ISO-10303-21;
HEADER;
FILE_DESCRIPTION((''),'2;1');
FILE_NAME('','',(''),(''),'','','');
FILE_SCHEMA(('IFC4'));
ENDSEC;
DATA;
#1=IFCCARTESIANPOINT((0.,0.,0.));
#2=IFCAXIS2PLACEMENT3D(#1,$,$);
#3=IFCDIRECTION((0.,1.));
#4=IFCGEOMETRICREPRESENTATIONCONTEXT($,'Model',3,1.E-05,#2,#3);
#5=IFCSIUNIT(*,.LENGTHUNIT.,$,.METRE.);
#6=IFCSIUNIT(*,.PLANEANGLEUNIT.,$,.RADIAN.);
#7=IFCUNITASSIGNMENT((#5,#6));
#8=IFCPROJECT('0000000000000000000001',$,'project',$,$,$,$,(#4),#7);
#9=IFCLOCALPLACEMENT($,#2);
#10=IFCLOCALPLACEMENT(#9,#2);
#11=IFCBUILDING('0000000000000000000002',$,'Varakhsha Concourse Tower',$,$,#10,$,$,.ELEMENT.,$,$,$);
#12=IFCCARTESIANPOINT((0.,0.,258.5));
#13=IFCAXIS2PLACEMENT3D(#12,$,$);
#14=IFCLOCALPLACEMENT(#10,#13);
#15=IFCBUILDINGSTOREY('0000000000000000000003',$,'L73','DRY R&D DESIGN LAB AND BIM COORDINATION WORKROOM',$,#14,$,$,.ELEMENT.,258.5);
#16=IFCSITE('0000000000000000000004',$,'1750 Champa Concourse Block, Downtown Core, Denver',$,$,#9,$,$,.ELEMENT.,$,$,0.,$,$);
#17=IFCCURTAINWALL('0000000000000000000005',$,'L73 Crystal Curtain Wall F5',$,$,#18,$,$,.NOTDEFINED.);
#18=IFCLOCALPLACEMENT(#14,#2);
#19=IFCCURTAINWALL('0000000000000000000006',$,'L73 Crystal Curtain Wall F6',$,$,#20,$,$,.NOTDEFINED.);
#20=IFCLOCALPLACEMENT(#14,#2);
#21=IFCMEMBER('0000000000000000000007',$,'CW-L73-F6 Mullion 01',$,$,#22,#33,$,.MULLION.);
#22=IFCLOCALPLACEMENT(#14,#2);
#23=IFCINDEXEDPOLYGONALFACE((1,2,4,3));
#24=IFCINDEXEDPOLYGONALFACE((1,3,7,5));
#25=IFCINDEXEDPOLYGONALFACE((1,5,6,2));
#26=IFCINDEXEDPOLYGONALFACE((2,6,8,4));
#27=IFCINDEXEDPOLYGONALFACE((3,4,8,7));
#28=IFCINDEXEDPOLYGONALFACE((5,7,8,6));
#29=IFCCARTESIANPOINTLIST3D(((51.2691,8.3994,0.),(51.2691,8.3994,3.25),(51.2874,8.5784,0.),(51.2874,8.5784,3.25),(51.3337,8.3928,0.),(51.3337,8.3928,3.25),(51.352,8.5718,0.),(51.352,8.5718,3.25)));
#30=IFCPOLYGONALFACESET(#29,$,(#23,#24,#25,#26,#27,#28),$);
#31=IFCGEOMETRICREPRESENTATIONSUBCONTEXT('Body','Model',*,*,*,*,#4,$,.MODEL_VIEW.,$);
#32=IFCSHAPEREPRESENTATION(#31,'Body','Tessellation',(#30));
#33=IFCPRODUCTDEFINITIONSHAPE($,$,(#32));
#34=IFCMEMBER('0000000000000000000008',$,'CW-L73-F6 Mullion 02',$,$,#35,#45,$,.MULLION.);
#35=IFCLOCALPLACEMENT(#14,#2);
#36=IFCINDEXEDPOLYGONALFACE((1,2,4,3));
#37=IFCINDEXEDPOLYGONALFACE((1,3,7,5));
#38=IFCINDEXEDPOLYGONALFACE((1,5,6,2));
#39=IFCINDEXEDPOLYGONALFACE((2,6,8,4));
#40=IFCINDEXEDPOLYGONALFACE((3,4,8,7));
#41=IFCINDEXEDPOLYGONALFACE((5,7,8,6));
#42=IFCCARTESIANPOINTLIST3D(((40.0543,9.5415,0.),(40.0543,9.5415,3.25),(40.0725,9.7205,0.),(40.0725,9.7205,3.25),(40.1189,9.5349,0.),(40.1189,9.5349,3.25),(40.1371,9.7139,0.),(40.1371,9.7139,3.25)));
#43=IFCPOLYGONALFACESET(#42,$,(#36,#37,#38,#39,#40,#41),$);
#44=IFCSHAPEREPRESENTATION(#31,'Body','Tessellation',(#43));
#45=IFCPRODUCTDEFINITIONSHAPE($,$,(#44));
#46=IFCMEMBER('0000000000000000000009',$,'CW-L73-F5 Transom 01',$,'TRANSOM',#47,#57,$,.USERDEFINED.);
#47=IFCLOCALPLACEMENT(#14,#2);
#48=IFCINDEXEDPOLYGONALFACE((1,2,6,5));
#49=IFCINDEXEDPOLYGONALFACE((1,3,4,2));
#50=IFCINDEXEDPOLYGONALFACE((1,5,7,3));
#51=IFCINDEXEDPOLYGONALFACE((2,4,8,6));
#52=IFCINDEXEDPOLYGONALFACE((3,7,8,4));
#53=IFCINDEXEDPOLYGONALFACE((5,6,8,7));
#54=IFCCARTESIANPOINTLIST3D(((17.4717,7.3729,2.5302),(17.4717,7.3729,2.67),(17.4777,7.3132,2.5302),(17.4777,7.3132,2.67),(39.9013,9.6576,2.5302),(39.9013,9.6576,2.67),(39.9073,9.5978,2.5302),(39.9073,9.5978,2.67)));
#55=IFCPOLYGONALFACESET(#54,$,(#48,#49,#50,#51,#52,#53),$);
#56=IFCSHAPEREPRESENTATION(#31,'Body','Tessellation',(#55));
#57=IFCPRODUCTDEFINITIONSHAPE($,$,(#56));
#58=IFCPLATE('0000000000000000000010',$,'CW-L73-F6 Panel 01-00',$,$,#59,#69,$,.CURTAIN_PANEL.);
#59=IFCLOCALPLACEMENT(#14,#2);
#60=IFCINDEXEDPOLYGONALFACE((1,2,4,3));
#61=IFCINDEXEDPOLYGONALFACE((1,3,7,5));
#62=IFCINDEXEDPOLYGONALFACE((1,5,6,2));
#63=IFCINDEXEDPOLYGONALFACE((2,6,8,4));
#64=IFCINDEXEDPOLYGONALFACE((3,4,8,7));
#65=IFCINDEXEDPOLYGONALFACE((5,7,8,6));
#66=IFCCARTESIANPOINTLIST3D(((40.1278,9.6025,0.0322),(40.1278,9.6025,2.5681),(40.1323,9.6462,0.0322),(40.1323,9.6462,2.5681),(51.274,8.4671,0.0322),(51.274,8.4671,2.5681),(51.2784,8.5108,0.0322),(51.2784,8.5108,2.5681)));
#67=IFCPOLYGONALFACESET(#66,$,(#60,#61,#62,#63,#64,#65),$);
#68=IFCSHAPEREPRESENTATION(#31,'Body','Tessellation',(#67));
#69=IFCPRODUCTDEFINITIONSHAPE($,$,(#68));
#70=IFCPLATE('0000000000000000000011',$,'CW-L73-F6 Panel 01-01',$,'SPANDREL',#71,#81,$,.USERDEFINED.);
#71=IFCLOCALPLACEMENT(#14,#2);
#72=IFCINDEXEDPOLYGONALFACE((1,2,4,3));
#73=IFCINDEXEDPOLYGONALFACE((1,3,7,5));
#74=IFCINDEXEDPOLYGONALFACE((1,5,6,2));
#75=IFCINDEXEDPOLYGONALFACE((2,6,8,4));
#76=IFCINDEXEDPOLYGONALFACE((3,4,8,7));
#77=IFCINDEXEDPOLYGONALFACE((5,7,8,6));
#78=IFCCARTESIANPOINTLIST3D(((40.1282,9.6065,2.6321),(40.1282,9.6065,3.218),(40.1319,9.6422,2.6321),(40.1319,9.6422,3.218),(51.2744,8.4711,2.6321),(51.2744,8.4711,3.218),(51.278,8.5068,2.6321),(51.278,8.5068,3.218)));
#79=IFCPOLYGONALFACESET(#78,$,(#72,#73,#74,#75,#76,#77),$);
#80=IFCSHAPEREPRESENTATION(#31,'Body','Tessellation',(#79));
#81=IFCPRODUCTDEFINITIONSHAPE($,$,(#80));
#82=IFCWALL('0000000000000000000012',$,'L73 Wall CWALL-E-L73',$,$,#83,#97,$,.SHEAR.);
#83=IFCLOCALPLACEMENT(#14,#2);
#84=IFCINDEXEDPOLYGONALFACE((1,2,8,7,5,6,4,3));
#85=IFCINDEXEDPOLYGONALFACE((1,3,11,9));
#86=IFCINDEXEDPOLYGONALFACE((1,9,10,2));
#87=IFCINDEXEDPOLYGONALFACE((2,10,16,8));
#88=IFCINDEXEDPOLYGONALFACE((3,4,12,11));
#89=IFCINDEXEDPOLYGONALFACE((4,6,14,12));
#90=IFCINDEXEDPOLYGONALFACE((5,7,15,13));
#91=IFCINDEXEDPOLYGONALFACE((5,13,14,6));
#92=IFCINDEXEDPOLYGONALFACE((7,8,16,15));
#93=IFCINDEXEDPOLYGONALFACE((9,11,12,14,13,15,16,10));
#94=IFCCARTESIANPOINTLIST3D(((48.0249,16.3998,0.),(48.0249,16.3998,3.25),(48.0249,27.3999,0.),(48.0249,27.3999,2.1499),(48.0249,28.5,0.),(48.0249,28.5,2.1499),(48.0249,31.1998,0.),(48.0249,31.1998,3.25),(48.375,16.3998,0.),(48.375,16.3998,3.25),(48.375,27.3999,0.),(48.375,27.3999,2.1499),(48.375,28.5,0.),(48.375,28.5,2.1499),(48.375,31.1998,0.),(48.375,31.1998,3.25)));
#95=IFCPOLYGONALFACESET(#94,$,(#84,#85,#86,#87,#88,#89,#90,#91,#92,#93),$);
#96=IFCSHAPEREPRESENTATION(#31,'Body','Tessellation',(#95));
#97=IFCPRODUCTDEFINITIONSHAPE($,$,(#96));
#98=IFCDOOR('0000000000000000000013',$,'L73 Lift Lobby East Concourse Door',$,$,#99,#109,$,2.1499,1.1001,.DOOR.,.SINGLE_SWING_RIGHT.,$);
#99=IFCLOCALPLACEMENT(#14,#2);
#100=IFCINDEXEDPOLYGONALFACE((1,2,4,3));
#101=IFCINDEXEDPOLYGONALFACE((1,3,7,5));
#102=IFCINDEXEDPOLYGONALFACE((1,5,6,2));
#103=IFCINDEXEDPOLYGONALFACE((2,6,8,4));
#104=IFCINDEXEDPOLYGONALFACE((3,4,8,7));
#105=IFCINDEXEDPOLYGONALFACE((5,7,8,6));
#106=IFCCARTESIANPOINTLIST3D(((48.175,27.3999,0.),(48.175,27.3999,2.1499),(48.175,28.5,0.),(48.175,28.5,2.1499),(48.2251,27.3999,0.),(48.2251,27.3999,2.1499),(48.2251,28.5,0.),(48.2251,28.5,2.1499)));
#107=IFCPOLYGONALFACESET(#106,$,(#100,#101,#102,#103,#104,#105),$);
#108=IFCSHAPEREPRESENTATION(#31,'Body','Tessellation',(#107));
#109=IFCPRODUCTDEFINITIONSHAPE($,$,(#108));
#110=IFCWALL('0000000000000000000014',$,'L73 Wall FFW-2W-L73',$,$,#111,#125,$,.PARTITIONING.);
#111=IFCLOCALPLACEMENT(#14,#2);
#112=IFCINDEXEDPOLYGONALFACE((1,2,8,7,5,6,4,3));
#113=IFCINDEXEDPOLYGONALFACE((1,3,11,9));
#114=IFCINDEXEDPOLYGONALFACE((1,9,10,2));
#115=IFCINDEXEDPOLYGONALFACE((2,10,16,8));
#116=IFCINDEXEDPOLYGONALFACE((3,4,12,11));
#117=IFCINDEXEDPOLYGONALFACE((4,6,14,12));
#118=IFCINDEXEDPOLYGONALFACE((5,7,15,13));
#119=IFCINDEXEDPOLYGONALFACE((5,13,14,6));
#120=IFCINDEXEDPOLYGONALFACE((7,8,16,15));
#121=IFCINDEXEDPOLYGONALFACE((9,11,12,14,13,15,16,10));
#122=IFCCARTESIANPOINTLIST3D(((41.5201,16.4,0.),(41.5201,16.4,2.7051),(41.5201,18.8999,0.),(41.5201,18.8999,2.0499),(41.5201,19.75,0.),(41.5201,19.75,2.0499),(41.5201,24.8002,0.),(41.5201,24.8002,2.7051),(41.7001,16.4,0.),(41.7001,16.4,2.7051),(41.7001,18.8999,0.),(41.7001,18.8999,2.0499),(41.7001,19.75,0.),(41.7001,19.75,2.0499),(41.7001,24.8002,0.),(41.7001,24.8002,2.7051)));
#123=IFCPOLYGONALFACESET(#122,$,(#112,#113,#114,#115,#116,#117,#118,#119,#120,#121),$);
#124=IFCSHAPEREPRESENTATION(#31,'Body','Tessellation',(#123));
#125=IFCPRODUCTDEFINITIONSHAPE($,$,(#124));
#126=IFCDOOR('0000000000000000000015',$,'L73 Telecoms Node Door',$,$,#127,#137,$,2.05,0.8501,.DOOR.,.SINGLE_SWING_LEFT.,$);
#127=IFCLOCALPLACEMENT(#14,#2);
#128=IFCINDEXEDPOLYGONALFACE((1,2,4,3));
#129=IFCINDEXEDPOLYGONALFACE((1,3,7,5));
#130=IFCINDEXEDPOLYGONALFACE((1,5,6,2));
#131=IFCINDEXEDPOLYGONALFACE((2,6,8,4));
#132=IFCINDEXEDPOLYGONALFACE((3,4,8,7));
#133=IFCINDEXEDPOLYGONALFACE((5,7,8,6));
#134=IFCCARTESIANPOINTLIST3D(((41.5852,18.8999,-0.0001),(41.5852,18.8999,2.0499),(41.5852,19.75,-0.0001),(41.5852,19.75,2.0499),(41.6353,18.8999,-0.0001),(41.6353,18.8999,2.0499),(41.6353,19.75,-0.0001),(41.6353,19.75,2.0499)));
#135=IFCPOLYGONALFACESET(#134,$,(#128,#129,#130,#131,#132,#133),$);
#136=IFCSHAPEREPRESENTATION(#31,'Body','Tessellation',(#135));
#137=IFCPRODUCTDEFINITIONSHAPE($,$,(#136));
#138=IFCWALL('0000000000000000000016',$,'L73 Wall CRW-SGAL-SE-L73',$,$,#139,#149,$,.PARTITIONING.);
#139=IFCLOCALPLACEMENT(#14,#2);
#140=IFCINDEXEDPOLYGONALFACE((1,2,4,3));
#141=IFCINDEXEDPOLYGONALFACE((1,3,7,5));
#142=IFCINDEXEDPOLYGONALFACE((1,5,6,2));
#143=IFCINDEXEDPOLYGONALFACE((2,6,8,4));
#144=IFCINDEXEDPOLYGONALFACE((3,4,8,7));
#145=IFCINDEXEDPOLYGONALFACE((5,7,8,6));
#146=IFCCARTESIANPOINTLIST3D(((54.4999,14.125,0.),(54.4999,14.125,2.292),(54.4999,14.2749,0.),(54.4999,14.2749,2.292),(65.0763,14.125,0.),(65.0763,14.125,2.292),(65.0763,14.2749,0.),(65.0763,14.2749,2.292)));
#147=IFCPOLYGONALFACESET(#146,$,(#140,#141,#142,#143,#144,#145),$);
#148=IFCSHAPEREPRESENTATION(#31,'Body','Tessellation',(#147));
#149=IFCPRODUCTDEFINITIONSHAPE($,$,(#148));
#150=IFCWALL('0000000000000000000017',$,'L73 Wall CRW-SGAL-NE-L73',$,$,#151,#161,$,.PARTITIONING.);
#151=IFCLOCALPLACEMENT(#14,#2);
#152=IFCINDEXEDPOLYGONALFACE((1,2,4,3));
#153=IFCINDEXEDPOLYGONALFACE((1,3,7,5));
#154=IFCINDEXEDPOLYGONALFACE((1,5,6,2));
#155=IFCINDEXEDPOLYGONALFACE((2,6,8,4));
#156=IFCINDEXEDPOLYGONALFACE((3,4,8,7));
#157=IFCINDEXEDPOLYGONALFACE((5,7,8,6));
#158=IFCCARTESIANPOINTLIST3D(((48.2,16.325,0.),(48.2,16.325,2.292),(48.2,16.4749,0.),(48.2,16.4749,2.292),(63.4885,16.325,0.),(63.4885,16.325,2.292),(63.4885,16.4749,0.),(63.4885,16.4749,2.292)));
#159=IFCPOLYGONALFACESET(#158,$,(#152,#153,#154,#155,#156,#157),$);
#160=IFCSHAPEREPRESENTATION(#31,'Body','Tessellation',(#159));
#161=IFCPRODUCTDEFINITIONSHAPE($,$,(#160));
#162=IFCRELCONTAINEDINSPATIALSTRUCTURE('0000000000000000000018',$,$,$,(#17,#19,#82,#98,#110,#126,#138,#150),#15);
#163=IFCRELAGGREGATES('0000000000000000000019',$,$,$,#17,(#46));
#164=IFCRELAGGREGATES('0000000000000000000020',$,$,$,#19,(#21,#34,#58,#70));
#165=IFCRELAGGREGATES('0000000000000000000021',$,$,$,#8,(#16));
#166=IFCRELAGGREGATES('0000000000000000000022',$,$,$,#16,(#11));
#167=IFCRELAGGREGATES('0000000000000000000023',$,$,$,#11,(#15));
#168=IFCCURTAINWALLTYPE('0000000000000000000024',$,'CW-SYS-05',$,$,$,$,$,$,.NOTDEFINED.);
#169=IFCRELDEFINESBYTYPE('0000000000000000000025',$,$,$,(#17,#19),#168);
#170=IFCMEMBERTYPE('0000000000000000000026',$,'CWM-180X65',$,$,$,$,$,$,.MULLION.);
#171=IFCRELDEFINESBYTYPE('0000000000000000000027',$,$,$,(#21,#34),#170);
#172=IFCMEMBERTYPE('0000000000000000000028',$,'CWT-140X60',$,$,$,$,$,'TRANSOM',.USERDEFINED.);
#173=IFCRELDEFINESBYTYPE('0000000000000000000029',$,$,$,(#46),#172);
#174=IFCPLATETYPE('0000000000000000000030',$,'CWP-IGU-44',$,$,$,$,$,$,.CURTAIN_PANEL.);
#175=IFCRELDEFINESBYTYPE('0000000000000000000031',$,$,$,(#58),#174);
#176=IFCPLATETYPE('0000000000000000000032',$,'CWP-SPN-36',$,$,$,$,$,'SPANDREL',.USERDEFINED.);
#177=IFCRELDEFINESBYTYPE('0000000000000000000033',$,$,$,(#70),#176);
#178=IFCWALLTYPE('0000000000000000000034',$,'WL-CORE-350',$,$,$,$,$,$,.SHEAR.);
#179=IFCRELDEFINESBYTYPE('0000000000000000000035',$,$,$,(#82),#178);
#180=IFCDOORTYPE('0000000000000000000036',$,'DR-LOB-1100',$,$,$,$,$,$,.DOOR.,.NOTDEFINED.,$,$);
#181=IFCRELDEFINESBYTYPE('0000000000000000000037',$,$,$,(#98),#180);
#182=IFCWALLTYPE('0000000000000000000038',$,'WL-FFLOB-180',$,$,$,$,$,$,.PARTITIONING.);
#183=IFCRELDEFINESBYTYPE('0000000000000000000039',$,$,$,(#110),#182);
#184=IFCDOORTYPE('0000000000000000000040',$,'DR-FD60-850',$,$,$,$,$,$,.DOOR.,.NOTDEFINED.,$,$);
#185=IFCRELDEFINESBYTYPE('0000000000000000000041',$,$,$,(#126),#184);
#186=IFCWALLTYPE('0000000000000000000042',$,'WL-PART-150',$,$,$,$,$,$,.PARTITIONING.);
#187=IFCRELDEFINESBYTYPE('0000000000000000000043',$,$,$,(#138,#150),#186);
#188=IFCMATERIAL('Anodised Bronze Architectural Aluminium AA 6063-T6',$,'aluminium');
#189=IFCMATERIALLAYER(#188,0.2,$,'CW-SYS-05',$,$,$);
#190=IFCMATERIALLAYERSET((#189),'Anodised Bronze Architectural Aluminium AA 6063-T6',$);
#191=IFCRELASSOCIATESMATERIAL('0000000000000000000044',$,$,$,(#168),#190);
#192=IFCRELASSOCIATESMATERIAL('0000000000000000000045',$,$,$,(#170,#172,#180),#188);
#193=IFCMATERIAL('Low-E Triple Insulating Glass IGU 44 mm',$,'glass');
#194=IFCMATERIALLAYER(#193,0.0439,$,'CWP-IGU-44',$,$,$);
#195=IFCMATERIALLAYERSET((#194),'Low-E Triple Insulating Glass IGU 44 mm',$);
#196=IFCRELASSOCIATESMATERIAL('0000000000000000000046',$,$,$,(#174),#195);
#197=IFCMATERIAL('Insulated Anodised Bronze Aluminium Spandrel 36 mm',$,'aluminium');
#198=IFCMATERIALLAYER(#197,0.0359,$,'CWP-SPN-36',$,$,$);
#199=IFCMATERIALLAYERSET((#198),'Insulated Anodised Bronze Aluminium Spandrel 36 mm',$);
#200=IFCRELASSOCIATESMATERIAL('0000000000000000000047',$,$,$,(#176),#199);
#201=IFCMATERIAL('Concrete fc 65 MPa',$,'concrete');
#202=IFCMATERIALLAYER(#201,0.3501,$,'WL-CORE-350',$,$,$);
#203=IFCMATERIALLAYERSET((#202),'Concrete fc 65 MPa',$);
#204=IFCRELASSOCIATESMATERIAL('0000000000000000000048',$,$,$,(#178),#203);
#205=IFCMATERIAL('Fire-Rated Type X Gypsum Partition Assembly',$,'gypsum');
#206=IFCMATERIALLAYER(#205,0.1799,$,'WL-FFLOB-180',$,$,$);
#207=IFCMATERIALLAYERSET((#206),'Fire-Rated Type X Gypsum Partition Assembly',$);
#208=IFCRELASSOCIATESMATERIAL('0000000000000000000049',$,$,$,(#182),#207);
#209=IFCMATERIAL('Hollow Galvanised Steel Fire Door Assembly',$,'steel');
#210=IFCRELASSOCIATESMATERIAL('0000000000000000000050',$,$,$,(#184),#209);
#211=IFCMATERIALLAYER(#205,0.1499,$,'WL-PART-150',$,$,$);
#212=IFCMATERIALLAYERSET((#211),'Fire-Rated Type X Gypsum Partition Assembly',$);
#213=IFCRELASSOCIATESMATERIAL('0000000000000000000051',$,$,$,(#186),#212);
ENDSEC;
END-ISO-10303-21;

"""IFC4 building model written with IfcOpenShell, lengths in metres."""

from ifc_helpers import new_model, si_unit, direction, frame, frame_2d, origin, origin_2d, place, context, subcontext, project, spatial, rectangle, extrude, source, transform, mapped, material, layer, layer_set, material_profile, profile_set, type_object, type_shapes, element, fill, aggregate, save


model = new_model("IFC4")

# Units and contexts
model_context = context("Model", 3, precision=1e-05, world=origin(), true_north=direction((0.0, 1.0)))
body_context = subcontext(model_context, "Body", "Model", "MODEL_VIEW")
ifc_project = project(units=[si_unit("LENGTHUNIT", "METRE"), si_unit("PLANEANGLEUNIT", "RADIAN")], contexts=[model_context])

# Site, building, storey
site_placement = place(None, origin())
site = spatial("IfcSite", under=ifc_project, at=site_placement, Name="1750 Champa Concourse Block, Downtown Core, Denver", CompositionType="ELEMENT", RefElevation=0.0)
building_placement = place(site_placement, origin())
building = spatial("IfcBuilding", under=site, at=building_placement, Name="Varakhsha Concourse Tower", CompositionType="ELEMENT")
storey_placement = place(building_placement, frame((0.0, 0.0, 258.5)))
storey = spatial("IfcBuildingStorey", under=building, at=storey_placement, Name="L73", Description="DRY R&D DESIGN LAB AND BIM COORDINATION WORKROOM", CompositionType="ELEMENT", Elevation=258.5)

# Shared definitions
ifc_material_1 = material(Name="Concrete fc 65 MPa", Category="concrete")

# Curtain wall
ifc_material_2 = material(Name="Anodised Bronze Architectural Aluminium AA 6063-T6", Category="aluminium")
ifc_layer_1 = layer(ifc_material_2, 0.2, Name="CW-SYS-05")
ifc_layer_set_1 = layer_set([ifc_layer_1], Name="Anodised Bronze Architectural Aluminium AA 6063-T6")
curtain_wall_type = type_object("IfcCurtainWallType", Name="CW-SYS-05", PredefinedType="NOTDEFINED", material=ifc_layer_set_1)
curtain_wall_1_placement = place(storey_placement, origin())
curtain_wall_1 = element("IfcCurtainWall", 1, at=curtain_wall_1_placement, inside=storey, type_object=curtain_wall_type, Name="L73 Crystal Curtain Wall F5", PredefinedType="NOTDEFINED")
ifc_material_profile_1 = material_profile(ifc_material_2, rectangle(XDim=0.0649, YDim=0.1799, at=origin_2d()), Name="CWM-180X65")
ifc_profile_set_1 = profile_set([ifc_material_profile_1], Name="Anodised Bronze Architectural Aluminium AA 6063-T6")
member_type_1 = type_object("IfcMemberType", Name="CWM-180X65", PredefinedType="MULLION", material=ifc_profile_set_1)
shared_shape_1 = source(origin(), body_context, "Body", "SweptSolid", [
    extrude(rectangle(XDim=0.0649, YDim=0.1799, at=origin_2d()), origin(), (0.0, 0.0, 1.0), 3.25),
])
type_shapes(member_type_1, [shared_shape_1])

# Curtain wall, members
curtain_wall_2_placement = place(storey_placement, origin())
curtain_wall_2 = element("IfcCurtainWall", 2, at=curtain_wall_2_placement, inside=storey, type_object=curtain_wall_type, Name="L73 Crystal Curtain Wall F6", PredefinedType="NOTDEFINED")
member_1_placement = place(storey_placement, frame((51.3105, 8.4856, 0.0), z_axis=(0.0, 0.0, 1.0), x_axis=(-0.994852, 0.101336, 0.0)))
member_1 = element("IfcMember", 3, at=member_1_placement, type_object=member_type_1, Name="CW-L73-F6 Mullion 01", PredefinedType="MULLION", context=body_context, shape_type="MappedRepresentation", body=[
    mapped(shared_shape_1, transform((0.0, 0.0, 0.0), scale=1.0)),
])
member_2_placement = place(storey_placement, frame((40.0957, 9.6277, 0.0), z_axis=(0.0, 0.0, 1.0), x_axis=(-0.994852, 0.101336, 0.0)))
member_2 = element("IfcMember", 4, at=member_2_placement, type_object=member_type_1, Name="CW-L73-F6 Mullion 02", PredefinedType="MULLION", context=body_context, shape_type="MappedRepresentation", body=[
    mapped(shared_shape_1, transform((0.0, 0.0, 0.0), scale=1.0)),
])

# Member
ifc_material_profile_2 = material_profile(ifc_material_2, rectangle(XDim=0.0601, YDim=0.1399, at=origin_2d()), Name="CWT-140X60")
ifc_profile_set_2 = profile_set([ifc_material_profile_2], Name="Anodised Bronze Architectural Aluminium AA 6063-T6")
member_type_2 = type_object("IfcMemberType", Name="CWT-140X60", ElementType="TRANSOM", PredefinedType="USERDEFINED", material=ifc_profile_set_2)
shared_shape_2 = source(origin(), body_context, "Body", "SweptSolid", [
    extrude(rectangle(XDim=0.0601, YDim=0.1399, at=origin_2d()), origin(), (0.0, 0.0, 1.0), 22.5457),
])
type_shapes(member_type_2, [shared_shape_2])
member_3_placement = place(storey_placement, frame((39.9043, 9.6277, 2.6001), z_axis=(-0.994852, -0.101335, 0.0), x_axis=(0.101335, -0.994852, 0.0)))
member_3 = element("IfcMember", 5, at=member_3_placement, type_object=member_type_2, Name="CW-L73-F5 Transom 01", ObjectType="TRANSOM", PredefinedType="USERDEFINED", context=body_context, shape_type="MappedRepresentation", body=[
    mapped(shared_shape_2, transform((0.0, 0.0, 0.0), scale=1.0)),
])
aggregate(curtain_wall_1, [member_3])

# Plates
ifc_material_3 = material(Name="Low-E Triple Insulating Glass IGU 44 mm", Category="glass")
ifc_layer_2 = layer(ifc_material_3, 0.0439, Name="CWP-IGU-44")
ifc_layer_set_2 = layer_set([ifc_layer_2], Name="Low-E Triple Insulating Glass IGU 44 mm")
plate_type_1 = type_object("IfcPlateType", Name="CWP-IGU-44", PredefinedType="CURTAIN_PANEL", material=ifc_layer_set_2)
shared_shape_3 = source(origin(), body_context, "Body", "SweptSolid", [
    extrude(rectangle(XDim=11.2039, YDim=0.0439, at=origin_2d()), origin(), (0.0, 0.0, 1.0), 2.5359),
])
type_shapes(plate_type_1, [shared_shape_3])
plate_1_placement = place(storey_placement, frame((45.7031, 9.0566, 0.0322), z_axis=(0.0, 0.0, 1.0), x_axis=(-0.994852, 0.101336, 0.0)))
plate_1 = element("IfcPlate", 6, at=plate_1_placement, type_object=plate_type_1, Name="CW-L73-F6 Panel 01-00", PredefinedType="CURTAIN_PANEL", context=body_context, shape_type="MappedRepresentation", body=[
    mapped(shared_shape_3, transform((0.0, 0.0, 0.0), scale=1.0)),
])
ifc_material_4 = material(Name="Insulated Anodised Bronze Aluminium Spandrel 36 mm", Category="aluminium")
ifc_layer_3 = layer(ifc_material_4, 0.0359, Name="CWP-SPN-36")
ifc_layer_set_3 = layer_set([ifc_layer_3], Name="Insulated Anodised Bronze Aluminium Spandrel 36 mm")
plate_type_2 = type_object("IfcPlateType", Name="CWP-SPN-36", ElementType="SPANDREL", PredefinedType="USERDEFINED", material=ifc_layer_set_3)
shared_shape_4 = source(origin(), body_context, "Body", "SweptSolid", [
    extrude(rectangle(XDim=11.2039, YDim=0.0359, at=origin_2d()), origin(), (0.0, 0.0, 1.0), 0.5859),
])
type_shapes(plate_type_2, [shared_shape_4])
plate_2_placement = place(storey_placement, frame((45.7031, 9.0566, 2.6321), z_axis=(0.0, 0.0, 1.0), x_axis=(-0.994852, 0.101336, 0.0)))
plate_2 = element("IfcPlate", 7, at=plate_2_placement, type_object=plate_type_2, Name="CW-L73-F6 Panel 01-01", ObjectType="SPANDREL", PredefinedType="USERDEFINED", context=body_context, shape_type="MappedRepresentation", body=[
    mapped(shared_shape_4, transform((0.0, 0.0, 0.0), scale=1.0)),
])
aggregate(curtain_wall_2, [member_1, member_2, plate_1, plate_2])

# Walls, openings, doors
ifc_layer_4 = layer(ifc_material_1, 0.3501, Name="WL-CORE-350")
ifc_layer_set_4 = layer_set([ifc_layer_4], Name="Concrete fc 65 MPa")
wall_type_1 = type_object("IfcWallType", Name="WL-CORE-350", PredefinedType="SHEAR", material=ifc_layer_set_4)
wall_1_placement = place(storey_placement, frame((48.2, 16.3999, 0.0), z_axis=(0.0, 0.0, 1.0), x_axis=(0.0, 1.0, 0.0)))
wall_1 = element("IfcWall", 8, at=wall_1_placement, inside=storey, type_object=wall_type_1, Name="L73 Wall CWALL-E-L73", PredefinedType="SHEAR", context=body_context, shape_type="SweptSolid", body=[
    extrude(rectangle(XDim=14.8, YDim=0.3501, at=frame_2d((7.3999, 0.0))), origin(), (0.0, 0.0, 1.0), 3.25),
])
opening_1_placement = place(wall_1_placement, frame((11.0, 0.0, 0.0)))
opening_1 = element("IfcOpeningElement", 9, at=opening_1_placement, cuts=wall_1, PredefinedType="OPENING", context=body_context, shape_type="SweptSolid", body=[
    extrude(rectangle(XDim=1.1001, YDim=2.1499, at=frame_2d((0.55, 1.075))), frame((0.0, 0.1851, 0.0), z_axis=(0.0, -1.0, 0.0), x_axis=(1.0, 0.0, 0.0)), (0.0, 0.0, 1.0), 0.3701),
])
door_type_1 = type_object("IfcDoorType", Name="DR-LOB-1100", OperationType="NOTDEFINED", PredefinedType="DOOR", material=ifc_material_2)
door_1_placement = place(opening_1_placement, origin())
door_1 = element("IfcDoor", 10, at=door_1_placement, inside=storey, type_object=door_type_1, Name="L73 Lift Lobby East Concourse Door", OperationType="SINGLE_SWING_RIGHT", OverallHeight=2.1499, OverallWidth=1.1001, PredefinedType="DOOR", context=body_context, shape_type="SweptSolid", body=[
    extrude(rectangle(XDim=1.1001, YDim=2.1499, at=frame_2d((0.55, 1.075))), frame((0.0, 0.0249, 0.0), z_axis=(0.0, -1.0, 0.0), x_axis=(1.0, 0.0, 0.0)), (0.0, 0.0, 1.0), 0.05),
])
fill(opening_1, door_1)
ifc_material_5 = material(Name="Fire-Rated Type X Gypsum Partition Assembly", Category="gypsum")
ifc_layer_5 = layer(ifc_material_5, 0.1799, Name="WL-FFLOB-180")
ifc_layer_set_5 = layer_set([ifc_layer_5], Name="Fire-Rated Type X Gypsum Partition Assembly")
wall_type_2 = type_object("IfcWallType", Name="WL-FFLOB-180", PredefinedType="PARTITIONING", material=ifc_layer_set_5)
wall_2_placement = place(storey_placement, frame((41.6101, 16.3999, 0.0), z_axis=(0.0, 0.0, 1.0), x_axis=(0.0, 1.0, 0.0)))
wall_2 = element("IfcWall", 11, at=wall_2_placement, inside=storey, type_object=wall_type_2, Name="L73 Wall FFW-2W-L73", PredefinedType="PARTITIONING", context=body_context, shape_type="SweptSolid", body=[
    extrude(rectangle(XDim=8.4001, YDim=0.1799, at=frame_2d((4.2002, 0.0))), origin(), (0.0, 0.0, 1.0), 2.7051),
])
opening_2_placement = place(wall_2_placement, frame((2.5, 0.0, 0.0)))
opening_2 = element("IfcOpeningElement", 12, at=opening_2_placement, cuts=wall_2, PredefinedType="OPENING", context=body_context, shape_type="SweptSolid", body=[
    extrude(rectangle(XDim=0.8501, YDim=2.05, at=frame_2d((0.425, 1.0249))), frame((0.0, 0.0999, 0.0), z_axis=(0.0, -1.0, 0.0), x_axis=(1.0, 0.0, 0.0)), (0.0, 0.0, 1.0), 0.2),
])
ifc_material_6 = material(Name="Hollow Galvanised Steel Fire Door Assembly", Category="steel")
door_type_2 = type_object("IfcDoorType", Name="DR-FD60-850", OperationType="NOTDEFINED", PredefinedType="DOOR", material=ifc_material_6)
door_2_placement = place(opening_2_placement, origin())
door_2 = element("IfcDoor", 13, at=door_2_placement, inside=storey, type_object=door_type_2, Name="L73 Telecoms Node Door", OperationType="SINGLE_SWING_LEFT", OverallHeight=2.05, OverallWidth=0.8501, PredefinedType="DOOR", context=body_context, shape_type="SweptSolid", body=[
    extrude(rectangle(XDim=0.8501, YDim=2.05, at=frame_2d((0.425, 1.0249))), frame((0.0, 0.0249, 0.0), z_axis=(0.0, -1.0, 0.0), x_axis=(1.0, 0.0, 0.0)), (0.0, 0.0, 1.0), 0.05),
])
fill(opening_2, door_2)

# Walls
ifc_layer_6 = layer(ifc_material_5, 0.1499, Name="WL-PART-150")
ifc_layer_set_6 = layer_set([ifc_layer_6], Name="Fire-Rated Type X Gypsum Partition Assembly")
wall_type_3 = type_object("IfcWallType", Name="WL-PART-150", PredefinedType="PARTITIONING", material=ifc_layer_set_6)
wall_3_placement = place(storey_placement, frame((54.5, 14.2, 0.0), z_axis=(0.0, 0.0, 1.0), x_axis=(1.0, 0.0, 0.0)))
element("IfcWall", 14, at=wall_3_placement, inside=storey, type_object=wall_type_3, Name="L73 Wall CRW-SGAL-SE-L73", PredefinedType="PARTITIONING", context=body_context, shape_type="SweptSolid", body=[
    extrude(rectangle(XDim=10.5764, YDim=0.1499, at=frame_2d((5.2881, 0.0))), origin(), (0.0, 0.0, 1.0), 2.292),
])
wall_4_placement = place(storey_placement, frame((48.2, 16.3999, 0.0), z_axis=(0.0, 0.0, 1.0), x_axis=(1.0, 0.0, 0.0)))
element("IfcWall", 15, at=wall_4_placement, inside=storey, type_object=wall_type_3, Name="L73 Wall CRW-SGAL-NE-L73", PredefinedType="PARTITIONING", context=body_context, shape_type="SweptSolid", body=[
    extrude(rectangle(XDim=15.2886, YDim=0.1499, at=frame_2d((7.6443, 0.0))), origin(), (0.0, 0.0, 1.0), 2.292),
])

save(model, "model.ifc")
